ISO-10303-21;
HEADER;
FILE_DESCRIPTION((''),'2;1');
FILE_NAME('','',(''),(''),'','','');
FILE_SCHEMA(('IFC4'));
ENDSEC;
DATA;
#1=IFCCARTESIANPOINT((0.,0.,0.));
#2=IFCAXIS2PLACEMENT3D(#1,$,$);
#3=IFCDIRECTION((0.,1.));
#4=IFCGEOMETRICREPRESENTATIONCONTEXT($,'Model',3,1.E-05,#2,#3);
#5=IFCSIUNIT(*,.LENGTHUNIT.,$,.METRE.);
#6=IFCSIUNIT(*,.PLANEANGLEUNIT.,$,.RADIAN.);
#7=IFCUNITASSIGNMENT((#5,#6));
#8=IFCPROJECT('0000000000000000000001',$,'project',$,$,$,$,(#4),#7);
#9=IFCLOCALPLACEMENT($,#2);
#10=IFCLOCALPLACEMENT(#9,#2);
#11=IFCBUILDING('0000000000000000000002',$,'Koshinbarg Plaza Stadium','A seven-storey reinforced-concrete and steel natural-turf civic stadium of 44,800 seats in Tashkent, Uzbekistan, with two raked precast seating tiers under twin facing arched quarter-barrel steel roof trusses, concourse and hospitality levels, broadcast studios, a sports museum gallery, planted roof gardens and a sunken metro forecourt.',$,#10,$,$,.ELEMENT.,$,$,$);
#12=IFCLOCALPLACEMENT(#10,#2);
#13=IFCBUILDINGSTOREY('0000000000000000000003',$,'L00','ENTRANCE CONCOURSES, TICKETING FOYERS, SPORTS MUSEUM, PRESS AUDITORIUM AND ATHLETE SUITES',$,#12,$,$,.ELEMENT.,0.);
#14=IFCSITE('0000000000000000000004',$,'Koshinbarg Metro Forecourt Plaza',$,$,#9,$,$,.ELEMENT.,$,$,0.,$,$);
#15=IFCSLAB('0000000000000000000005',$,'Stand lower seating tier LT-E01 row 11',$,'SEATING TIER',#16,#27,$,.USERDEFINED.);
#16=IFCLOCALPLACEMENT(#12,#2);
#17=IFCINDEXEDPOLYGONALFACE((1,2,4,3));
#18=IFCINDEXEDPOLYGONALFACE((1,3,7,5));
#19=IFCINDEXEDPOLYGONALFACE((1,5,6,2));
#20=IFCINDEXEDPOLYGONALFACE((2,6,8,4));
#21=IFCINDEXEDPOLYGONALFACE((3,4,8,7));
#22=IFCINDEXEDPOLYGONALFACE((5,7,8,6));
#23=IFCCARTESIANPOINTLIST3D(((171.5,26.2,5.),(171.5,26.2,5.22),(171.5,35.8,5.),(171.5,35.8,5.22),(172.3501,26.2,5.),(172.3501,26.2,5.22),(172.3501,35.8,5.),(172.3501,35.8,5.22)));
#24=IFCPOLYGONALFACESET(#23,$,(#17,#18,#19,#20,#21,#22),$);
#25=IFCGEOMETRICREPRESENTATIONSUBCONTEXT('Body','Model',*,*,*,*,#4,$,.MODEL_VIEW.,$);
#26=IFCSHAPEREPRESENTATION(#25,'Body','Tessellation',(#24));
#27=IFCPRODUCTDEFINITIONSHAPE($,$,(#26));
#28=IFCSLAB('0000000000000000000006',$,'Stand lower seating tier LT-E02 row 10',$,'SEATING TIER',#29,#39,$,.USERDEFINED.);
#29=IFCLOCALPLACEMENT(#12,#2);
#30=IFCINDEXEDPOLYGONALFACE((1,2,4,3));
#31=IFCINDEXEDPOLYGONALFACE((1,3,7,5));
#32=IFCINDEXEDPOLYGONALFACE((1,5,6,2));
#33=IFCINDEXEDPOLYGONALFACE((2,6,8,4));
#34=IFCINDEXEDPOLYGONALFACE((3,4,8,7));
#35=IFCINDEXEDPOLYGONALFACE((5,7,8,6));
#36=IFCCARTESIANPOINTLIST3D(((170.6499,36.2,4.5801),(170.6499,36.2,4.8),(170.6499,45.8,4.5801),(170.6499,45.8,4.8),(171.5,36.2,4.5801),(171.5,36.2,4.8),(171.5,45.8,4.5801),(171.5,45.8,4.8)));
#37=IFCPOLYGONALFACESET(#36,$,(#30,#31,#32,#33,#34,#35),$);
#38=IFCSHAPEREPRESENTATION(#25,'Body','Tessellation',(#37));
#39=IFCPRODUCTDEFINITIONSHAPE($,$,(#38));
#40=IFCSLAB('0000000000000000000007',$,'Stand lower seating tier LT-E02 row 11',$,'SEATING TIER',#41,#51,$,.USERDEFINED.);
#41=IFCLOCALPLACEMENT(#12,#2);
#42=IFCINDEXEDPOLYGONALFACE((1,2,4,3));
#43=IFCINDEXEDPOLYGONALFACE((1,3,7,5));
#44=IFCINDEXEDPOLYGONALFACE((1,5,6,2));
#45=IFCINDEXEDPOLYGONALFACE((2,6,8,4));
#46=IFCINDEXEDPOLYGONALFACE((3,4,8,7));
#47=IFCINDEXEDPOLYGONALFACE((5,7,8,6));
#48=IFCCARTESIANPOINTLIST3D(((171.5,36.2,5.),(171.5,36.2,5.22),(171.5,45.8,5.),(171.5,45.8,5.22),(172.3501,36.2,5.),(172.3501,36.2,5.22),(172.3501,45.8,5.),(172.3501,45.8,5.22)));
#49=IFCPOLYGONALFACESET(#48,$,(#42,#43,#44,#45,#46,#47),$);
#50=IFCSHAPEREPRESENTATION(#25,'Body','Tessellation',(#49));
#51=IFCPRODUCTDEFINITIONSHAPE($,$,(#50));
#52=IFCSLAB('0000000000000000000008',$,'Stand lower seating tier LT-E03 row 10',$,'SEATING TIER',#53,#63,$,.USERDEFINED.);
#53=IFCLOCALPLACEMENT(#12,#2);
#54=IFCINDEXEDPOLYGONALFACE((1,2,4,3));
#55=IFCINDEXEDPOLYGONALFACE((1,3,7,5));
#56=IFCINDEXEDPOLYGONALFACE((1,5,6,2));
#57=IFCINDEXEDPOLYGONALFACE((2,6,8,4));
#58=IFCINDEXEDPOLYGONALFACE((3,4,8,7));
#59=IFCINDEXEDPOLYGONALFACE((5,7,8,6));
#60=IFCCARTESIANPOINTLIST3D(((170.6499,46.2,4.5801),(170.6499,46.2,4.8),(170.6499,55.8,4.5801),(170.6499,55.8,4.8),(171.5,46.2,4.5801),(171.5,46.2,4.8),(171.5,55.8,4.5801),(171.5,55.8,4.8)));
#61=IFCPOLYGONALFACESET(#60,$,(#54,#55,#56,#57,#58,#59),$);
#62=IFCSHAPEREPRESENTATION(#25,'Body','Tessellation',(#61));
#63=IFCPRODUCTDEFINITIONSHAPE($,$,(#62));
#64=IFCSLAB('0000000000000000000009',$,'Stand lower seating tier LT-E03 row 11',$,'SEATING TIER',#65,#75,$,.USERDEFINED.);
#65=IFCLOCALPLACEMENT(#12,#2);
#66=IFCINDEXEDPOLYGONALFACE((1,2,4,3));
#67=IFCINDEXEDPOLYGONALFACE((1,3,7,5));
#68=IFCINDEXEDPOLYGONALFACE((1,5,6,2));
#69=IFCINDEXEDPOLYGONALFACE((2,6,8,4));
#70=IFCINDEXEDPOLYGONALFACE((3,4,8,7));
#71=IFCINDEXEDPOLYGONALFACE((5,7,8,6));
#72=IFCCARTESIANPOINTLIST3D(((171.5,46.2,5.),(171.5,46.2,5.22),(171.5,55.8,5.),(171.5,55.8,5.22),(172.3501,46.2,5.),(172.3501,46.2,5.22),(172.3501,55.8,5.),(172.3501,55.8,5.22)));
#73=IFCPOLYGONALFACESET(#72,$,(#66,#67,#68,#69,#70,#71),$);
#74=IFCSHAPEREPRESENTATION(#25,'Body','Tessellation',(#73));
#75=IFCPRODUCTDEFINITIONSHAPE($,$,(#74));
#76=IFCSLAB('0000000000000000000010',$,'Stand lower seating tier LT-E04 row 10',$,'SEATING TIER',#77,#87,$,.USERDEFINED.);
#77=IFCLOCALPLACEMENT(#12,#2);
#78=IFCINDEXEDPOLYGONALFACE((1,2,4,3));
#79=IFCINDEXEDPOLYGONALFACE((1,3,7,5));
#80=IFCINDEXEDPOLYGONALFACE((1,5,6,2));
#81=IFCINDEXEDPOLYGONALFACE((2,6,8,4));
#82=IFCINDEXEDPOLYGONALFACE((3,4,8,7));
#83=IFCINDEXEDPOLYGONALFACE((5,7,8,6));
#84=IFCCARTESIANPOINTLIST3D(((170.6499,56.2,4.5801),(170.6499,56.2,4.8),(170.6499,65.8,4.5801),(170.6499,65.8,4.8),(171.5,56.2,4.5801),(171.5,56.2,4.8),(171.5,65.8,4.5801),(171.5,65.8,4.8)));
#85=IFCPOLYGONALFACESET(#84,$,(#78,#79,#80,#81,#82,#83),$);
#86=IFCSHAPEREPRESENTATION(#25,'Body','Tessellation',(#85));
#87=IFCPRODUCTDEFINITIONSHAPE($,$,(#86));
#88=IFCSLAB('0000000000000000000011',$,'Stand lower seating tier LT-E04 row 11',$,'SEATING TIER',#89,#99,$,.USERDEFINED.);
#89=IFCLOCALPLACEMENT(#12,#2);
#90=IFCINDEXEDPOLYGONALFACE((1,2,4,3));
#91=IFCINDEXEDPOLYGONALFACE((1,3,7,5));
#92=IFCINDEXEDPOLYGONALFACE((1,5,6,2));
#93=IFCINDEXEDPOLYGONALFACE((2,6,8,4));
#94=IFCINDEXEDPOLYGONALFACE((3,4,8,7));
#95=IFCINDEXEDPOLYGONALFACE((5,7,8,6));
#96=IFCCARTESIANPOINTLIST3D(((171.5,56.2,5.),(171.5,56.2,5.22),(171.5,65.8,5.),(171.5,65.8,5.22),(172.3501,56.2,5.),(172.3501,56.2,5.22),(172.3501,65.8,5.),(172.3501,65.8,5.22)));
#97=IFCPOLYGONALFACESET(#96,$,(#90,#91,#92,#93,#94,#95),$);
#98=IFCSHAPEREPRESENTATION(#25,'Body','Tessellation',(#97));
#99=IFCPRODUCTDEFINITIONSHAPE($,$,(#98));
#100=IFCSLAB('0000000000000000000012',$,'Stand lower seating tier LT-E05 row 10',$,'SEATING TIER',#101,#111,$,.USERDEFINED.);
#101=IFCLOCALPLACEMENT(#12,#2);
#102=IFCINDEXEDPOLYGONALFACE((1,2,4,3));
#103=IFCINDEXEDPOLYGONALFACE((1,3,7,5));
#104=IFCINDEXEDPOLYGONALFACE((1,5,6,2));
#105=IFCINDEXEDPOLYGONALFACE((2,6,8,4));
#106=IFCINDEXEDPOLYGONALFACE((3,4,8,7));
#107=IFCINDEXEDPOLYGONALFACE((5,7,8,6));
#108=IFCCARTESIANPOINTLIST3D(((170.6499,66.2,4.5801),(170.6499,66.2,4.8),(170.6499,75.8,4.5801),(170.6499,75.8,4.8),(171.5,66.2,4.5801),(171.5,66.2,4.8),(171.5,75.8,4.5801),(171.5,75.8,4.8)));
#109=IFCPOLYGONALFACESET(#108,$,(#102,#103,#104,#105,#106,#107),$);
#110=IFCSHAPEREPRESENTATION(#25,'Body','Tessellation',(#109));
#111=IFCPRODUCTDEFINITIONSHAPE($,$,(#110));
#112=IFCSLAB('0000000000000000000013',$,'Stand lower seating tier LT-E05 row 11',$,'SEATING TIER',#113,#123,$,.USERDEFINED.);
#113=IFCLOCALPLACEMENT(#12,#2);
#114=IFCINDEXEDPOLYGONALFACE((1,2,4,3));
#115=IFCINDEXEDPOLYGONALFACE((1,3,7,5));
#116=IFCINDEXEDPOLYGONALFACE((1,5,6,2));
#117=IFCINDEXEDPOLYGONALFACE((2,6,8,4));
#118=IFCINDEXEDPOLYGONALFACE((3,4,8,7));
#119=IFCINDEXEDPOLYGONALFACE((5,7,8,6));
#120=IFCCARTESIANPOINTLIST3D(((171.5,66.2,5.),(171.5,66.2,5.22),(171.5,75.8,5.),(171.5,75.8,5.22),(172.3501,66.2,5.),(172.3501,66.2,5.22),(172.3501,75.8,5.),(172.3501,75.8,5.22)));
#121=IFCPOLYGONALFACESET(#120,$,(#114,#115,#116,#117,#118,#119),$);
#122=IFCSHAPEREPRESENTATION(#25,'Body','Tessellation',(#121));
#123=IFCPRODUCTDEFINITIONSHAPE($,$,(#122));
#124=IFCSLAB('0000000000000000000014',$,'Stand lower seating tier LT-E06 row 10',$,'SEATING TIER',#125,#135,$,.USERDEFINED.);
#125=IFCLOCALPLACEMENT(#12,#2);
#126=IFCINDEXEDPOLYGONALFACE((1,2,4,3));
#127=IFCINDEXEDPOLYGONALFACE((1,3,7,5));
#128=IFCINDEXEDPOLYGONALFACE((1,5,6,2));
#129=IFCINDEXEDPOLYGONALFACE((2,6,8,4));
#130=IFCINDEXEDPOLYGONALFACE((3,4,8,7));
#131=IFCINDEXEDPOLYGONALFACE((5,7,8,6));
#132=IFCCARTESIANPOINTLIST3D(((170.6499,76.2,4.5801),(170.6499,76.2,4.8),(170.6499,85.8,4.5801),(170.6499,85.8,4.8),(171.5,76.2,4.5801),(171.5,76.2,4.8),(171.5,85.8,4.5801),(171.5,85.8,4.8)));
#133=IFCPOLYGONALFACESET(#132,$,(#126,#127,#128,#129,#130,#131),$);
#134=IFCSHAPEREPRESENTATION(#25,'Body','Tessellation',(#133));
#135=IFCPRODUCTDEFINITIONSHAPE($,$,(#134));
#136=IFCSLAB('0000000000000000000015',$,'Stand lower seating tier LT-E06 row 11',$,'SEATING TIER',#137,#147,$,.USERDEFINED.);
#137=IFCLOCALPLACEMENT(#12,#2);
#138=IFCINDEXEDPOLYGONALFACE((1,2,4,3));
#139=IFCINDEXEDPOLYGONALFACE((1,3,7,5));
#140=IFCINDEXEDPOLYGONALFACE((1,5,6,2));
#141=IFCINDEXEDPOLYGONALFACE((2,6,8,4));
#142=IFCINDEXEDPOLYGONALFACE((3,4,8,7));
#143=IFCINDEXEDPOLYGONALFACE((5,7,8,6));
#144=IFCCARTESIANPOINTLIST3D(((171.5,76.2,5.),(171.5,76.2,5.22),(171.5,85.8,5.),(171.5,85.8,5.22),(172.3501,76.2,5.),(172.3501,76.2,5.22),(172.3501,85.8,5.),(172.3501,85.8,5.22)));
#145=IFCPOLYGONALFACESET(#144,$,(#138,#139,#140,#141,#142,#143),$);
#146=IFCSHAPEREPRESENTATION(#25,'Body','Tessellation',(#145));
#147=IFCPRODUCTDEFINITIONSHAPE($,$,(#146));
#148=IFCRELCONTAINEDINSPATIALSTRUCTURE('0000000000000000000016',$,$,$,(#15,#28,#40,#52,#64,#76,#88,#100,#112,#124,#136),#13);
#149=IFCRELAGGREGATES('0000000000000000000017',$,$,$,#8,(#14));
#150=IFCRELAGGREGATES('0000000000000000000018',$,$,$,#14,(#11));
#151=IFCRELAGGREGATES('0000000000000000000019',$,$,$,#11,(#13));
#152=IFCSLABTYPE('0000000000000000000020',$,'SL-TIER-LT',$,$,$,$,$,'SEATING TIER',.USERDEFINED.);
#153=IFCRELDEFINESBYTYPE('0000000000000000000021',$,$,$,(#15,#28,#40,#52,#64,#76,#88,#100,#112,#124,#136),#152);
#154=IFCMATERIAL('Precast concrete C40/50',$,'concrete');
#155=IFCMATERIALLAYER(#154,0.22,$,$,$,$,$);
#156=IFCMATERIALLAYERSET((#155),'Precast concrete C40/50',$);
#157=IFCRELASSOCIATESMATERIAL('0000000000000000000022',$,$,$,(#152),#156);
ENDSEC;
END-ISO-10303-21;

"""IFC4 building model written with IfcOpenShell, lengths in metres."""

from ifc_helpers import new_model, si_unit, direction, frame, origin, place, context, subcontext, project, spatial, polyline, outline, extrude, material, layer, layer_set, type_object, element, save


model = new_model("IFC4")

# Units and contexts
model_context = context("Model", 3, precision=1e-05, world=origin(), true_north=direction((0.0, 1.0)))
body_context = subcontext(model_context, "Body", "Model", "MODEL_VIEW")
ifc_project = project(units=[si_unit("LENGTHUNIT", "METRE"), si_unit("PLANEANGLEUNIT", "RADIAN")], contexts=[model_context])

# Site, building, storey
site_placement = place(None, origin())
site = spatial("IfcSite", under=ifc_project, at=site_placement, Name="Koshinbarg Metro Forecourt Plaza", CompositionType="ELEMENT", RefElevation=0.0)
building_placement = place(site_placement, origin())
building = spatial("IfcBuilding", under=site, at=building_placement, Name="Koshinbarg Plaza Stadium", Description="A seven-storey reinforced-concrete and steel natural-turf civic stadium of 44,800 seats in Tashkent, Uzbekistan, with two raked precast seating tiers under twin facing arched quarter-barrel steel roof trusses, concourse and hospitality levels, broadcast studios, a sports museum gallery, planted roof gardens and a sunken metro forecourt.", CompositionType="ELEMENT")
storey_placement = place(building_placement, origin())
storey = spatial("IfcBuildingStorey", under=building, at=storey_placement, Name="L00", Description="ENTRANCE CONCOURSES, TICKETING FOYERS, SPORTS MUSEUM, PRESS AUDITORIUM AND ATHLETE SUITES", CompositionType="ELEMENT", Elevation=0.0)

# Slabs
ifc_material = material(Name="Precast concrete C40/50", Category="concrete")
ifc_layer = layer(ifc_material, 0.22)
ifc_layer_set = layer_set([ifc_layer], Name="Precast concrete C40/50")
slab_type = type_object("IfcSlabType", Name="SL-TIER-LT", ElementType="SEATING TIER", PredefinedType="USERDEFINED", material=ifc_layer_set)
slab_1_placement = place(storey_placement, frame((0.0, 0.0, 5.0)))
element("IfcSlab", 1, at=slab_1_placement, inside=storey, type_object=slab_type, Name="Stand lower seating tier LT-E01 row 11", ObjectType="SEATING TIER", PredefinedType="USERDEFINED", context=body_context, shape_type="SweptSolid", body=[
    extrude(outline(polyline([(171.5, 26.2), (172.3501, 26.2), (172.3501, 35.8), (171.5, 35.8), (171.5, 26.2)])), origin(), (0.0, 0.0, 1.0), 0.22),
])
slab_2_placement = place(storey_placement, frame((0.0, 0.0, 4.5801)))
element("IfcSlab", 2, at=slab_2_placement, inside=storey, type_object=slab_type, Name="Stand lower seating tier LT-E02 row 10", ObjectType="SEATING TIER", PredefinedType="USERDEFINED", context=body_context, shape_type="SweptSolid", body=[
    extrude(outline(polyline([(170.6499, 36.2), (171.5, 36.2), (171.5, 45.8), (170.6499, 45.8), (170.6499, 36.2)])), origin(), (0.0, 0.0, 1.0), 0.22),
])
slab_3_placement = place(storey_placement, frame((0.0, 0.0, 5.0)))
element("IfcSlab", 3, at=slab_3_placement, inside=storey, type_object=slab_type, Name="Stand lower seating tier LT-E02 row 11", ObjectType="SEATING TIER", PredefinedType="USERDEFINED", context=body_context, shape_type="SweptSolid", body=[
    extrude(outline(polyline([(171.5, 36.2), (172.3501, 36.2), (172.3501, 45.8), (171.5, 45.8), (171.5, 36.2)])), origin(), (0.0, 0.0, 1.0), 0.22),
])
slab_4_placement = place(storey_placement, frame((0.0, 0.0, 4.5801)))
element("IfcSlab", 4, at=slab_4_placement, inside=storey, type_object=slab_type, Name="Stand lower seating tier LT-E03 row 10", ObjectType="SEATING TIER", PredefinedType="USERDEFINED", context=body_context, shape_type="SweptSolid", body=[
    extrude(outline(polyline([(170.6499, 46.2), (171.5, 46.2), (171.5, 55.8), (170.6499, 55.8), (170.6499, 46.2)])), origin(), (0.0, 0.0, 1.0), 0.22),
])
slab_5_placement = place(storey_placement, frame((0.0, 0.0, 5.0)))
element("IfcSlab", 5, at=slab_5_placement, inside=storey, type_object=slab_type, Name="Stand lower seating tier LT-E03 row 11", ObjectType="SEATING TIER", PredefinedType="USERDEFINED", context=body_context, shape_type="SweptSolid", body=[
    extrude(outline(polyline([(171.5, 46.2), (172.3501, 46.2), (172.3501, 55.8), (171.5, 55.8), (171.5, 46.2)])), origin(), (0.0, 0.0, 1.0), 0.22),
])
slab_6_placement = place(storey_placement, frame((0.0, 0.0, 4.5801)))
element("IfcSlab", 6, at=slab_6_placement, inside=storey, type_object=slab_type, Name="Stand lower seating tier LT-E04 row 10", ObjectType="SEATING TIER", PredefinedType="USERDEFINED", context=body_context, shape_type="SweptSolid", body=[
    extrude(outline(polyline([(170.6499, 56.2), (171.5, 56.2), (171.5, 65.8), (170.6499, 65.8), (170.6499, 56.2)])), origin(), (0.0, 0.0, 1.0), 0.22),
])
slab_7_placement = place(storey_placement, frame((0.0, 0.0, 5.0)))
element("IfcSlab", 7, at=slab_7_placement, inside=storey, type_object=slab_type, Name="Stand lower seating tier LT-E04 row 11", ObjectType="SEATING TIER", PredefinedType="USERDEFINED", context=body_context, shape_type="SweptSolid", body=[
    extrude(outline(polyline([(171.5, 56.2), (172.3501, 56.2), (172.3501, 65.8), (171.5, 65.8), (171.5, 56.2)])), origin(), (0.0, 0.0, 1.0), 0.22),
])
slab_8_placement = place(storey_placement, frame((0.0, 0.0, 4.5801)))
element("IfcSlab", 8, at=slab_8_placement, inside=storey, type_object=slab_type, Name="Stand lower seating tier LT-E05 row 10", ObjectType="SEATING TIER", PredefinedType="USERDEFINED", context=body_context, shape_type="SweptSolid", body=[
    extrude(outline(polyline([(170.6499, 66.2), (171.5, 66.2), (171.5, 75.8), (170.6499, 75.8), (170.6499, 66.2)])), origin(), (0.0, 0.0, 1.0), 0.22),
])
slab_9_placement = place(storey_placement, frame((0.0, 0.0, 5.0)))
element("IfcSlab", 9, at=slab_9_placement, inside=storey, type_object=slab_type, Name="Stand lower seating tier LT-E05 row 11", ObjectType="SEATING TIER", PredefinedType="USERDEFINED", context=body_context, shape_type="SweptSolid", body=[
    extrude(outline(polyline([(171.5, 66.2), (172.3501, 66.2), (172.3501, 75.8), (171.5, 75.8), (171.5, 66.2)])), origin(), (0.0, 0.0, 1.0), 0.22),
])
slab_10_placement = place(storey_placement, frame((0.0, 0.0, 4.5801)))
element("IfcSlab", 10, at=slab_10_placement, inside=storey, type_object=slab_type, Name="Stand lower seating tier LT-E06 row 10", ObjectType="SEATING TIER", PredefinedType="USERDEFINED", context=body_context, shape_type="SweptSolid", body=[
    extrude(outline(polyline([(170.6499, 76.2), (171.5, 76.2), (171.5, 85.8), (170.6499, 85.8), (170.6499, 76.2)])), origin(), (0.0, 0.0, 1.0), 0.22),
])
slab_11_placement = place(storey_placement, frame((0.0, 0.0, 5.0)))
element("IfcSlab", 11, at=slab_11_placement, inside=storey, type_object=slab_type, Name="Stand lower seating tier LT-E06 row 11", ObjectType="SEATING TIER", PredefinedType="USERDEFINED", context=body_context, shape_type="SweptSolid", body=[
    extrude(outline(polyline([(171.5, 76.2), (172.3501, 76.2), (172.3501, 85.8), (171.5, 85.8), (171.5, 76.2)])), origin(), (0.0, 0.0, 1.0), 0.22),
])

save(model, "model.ifc")
